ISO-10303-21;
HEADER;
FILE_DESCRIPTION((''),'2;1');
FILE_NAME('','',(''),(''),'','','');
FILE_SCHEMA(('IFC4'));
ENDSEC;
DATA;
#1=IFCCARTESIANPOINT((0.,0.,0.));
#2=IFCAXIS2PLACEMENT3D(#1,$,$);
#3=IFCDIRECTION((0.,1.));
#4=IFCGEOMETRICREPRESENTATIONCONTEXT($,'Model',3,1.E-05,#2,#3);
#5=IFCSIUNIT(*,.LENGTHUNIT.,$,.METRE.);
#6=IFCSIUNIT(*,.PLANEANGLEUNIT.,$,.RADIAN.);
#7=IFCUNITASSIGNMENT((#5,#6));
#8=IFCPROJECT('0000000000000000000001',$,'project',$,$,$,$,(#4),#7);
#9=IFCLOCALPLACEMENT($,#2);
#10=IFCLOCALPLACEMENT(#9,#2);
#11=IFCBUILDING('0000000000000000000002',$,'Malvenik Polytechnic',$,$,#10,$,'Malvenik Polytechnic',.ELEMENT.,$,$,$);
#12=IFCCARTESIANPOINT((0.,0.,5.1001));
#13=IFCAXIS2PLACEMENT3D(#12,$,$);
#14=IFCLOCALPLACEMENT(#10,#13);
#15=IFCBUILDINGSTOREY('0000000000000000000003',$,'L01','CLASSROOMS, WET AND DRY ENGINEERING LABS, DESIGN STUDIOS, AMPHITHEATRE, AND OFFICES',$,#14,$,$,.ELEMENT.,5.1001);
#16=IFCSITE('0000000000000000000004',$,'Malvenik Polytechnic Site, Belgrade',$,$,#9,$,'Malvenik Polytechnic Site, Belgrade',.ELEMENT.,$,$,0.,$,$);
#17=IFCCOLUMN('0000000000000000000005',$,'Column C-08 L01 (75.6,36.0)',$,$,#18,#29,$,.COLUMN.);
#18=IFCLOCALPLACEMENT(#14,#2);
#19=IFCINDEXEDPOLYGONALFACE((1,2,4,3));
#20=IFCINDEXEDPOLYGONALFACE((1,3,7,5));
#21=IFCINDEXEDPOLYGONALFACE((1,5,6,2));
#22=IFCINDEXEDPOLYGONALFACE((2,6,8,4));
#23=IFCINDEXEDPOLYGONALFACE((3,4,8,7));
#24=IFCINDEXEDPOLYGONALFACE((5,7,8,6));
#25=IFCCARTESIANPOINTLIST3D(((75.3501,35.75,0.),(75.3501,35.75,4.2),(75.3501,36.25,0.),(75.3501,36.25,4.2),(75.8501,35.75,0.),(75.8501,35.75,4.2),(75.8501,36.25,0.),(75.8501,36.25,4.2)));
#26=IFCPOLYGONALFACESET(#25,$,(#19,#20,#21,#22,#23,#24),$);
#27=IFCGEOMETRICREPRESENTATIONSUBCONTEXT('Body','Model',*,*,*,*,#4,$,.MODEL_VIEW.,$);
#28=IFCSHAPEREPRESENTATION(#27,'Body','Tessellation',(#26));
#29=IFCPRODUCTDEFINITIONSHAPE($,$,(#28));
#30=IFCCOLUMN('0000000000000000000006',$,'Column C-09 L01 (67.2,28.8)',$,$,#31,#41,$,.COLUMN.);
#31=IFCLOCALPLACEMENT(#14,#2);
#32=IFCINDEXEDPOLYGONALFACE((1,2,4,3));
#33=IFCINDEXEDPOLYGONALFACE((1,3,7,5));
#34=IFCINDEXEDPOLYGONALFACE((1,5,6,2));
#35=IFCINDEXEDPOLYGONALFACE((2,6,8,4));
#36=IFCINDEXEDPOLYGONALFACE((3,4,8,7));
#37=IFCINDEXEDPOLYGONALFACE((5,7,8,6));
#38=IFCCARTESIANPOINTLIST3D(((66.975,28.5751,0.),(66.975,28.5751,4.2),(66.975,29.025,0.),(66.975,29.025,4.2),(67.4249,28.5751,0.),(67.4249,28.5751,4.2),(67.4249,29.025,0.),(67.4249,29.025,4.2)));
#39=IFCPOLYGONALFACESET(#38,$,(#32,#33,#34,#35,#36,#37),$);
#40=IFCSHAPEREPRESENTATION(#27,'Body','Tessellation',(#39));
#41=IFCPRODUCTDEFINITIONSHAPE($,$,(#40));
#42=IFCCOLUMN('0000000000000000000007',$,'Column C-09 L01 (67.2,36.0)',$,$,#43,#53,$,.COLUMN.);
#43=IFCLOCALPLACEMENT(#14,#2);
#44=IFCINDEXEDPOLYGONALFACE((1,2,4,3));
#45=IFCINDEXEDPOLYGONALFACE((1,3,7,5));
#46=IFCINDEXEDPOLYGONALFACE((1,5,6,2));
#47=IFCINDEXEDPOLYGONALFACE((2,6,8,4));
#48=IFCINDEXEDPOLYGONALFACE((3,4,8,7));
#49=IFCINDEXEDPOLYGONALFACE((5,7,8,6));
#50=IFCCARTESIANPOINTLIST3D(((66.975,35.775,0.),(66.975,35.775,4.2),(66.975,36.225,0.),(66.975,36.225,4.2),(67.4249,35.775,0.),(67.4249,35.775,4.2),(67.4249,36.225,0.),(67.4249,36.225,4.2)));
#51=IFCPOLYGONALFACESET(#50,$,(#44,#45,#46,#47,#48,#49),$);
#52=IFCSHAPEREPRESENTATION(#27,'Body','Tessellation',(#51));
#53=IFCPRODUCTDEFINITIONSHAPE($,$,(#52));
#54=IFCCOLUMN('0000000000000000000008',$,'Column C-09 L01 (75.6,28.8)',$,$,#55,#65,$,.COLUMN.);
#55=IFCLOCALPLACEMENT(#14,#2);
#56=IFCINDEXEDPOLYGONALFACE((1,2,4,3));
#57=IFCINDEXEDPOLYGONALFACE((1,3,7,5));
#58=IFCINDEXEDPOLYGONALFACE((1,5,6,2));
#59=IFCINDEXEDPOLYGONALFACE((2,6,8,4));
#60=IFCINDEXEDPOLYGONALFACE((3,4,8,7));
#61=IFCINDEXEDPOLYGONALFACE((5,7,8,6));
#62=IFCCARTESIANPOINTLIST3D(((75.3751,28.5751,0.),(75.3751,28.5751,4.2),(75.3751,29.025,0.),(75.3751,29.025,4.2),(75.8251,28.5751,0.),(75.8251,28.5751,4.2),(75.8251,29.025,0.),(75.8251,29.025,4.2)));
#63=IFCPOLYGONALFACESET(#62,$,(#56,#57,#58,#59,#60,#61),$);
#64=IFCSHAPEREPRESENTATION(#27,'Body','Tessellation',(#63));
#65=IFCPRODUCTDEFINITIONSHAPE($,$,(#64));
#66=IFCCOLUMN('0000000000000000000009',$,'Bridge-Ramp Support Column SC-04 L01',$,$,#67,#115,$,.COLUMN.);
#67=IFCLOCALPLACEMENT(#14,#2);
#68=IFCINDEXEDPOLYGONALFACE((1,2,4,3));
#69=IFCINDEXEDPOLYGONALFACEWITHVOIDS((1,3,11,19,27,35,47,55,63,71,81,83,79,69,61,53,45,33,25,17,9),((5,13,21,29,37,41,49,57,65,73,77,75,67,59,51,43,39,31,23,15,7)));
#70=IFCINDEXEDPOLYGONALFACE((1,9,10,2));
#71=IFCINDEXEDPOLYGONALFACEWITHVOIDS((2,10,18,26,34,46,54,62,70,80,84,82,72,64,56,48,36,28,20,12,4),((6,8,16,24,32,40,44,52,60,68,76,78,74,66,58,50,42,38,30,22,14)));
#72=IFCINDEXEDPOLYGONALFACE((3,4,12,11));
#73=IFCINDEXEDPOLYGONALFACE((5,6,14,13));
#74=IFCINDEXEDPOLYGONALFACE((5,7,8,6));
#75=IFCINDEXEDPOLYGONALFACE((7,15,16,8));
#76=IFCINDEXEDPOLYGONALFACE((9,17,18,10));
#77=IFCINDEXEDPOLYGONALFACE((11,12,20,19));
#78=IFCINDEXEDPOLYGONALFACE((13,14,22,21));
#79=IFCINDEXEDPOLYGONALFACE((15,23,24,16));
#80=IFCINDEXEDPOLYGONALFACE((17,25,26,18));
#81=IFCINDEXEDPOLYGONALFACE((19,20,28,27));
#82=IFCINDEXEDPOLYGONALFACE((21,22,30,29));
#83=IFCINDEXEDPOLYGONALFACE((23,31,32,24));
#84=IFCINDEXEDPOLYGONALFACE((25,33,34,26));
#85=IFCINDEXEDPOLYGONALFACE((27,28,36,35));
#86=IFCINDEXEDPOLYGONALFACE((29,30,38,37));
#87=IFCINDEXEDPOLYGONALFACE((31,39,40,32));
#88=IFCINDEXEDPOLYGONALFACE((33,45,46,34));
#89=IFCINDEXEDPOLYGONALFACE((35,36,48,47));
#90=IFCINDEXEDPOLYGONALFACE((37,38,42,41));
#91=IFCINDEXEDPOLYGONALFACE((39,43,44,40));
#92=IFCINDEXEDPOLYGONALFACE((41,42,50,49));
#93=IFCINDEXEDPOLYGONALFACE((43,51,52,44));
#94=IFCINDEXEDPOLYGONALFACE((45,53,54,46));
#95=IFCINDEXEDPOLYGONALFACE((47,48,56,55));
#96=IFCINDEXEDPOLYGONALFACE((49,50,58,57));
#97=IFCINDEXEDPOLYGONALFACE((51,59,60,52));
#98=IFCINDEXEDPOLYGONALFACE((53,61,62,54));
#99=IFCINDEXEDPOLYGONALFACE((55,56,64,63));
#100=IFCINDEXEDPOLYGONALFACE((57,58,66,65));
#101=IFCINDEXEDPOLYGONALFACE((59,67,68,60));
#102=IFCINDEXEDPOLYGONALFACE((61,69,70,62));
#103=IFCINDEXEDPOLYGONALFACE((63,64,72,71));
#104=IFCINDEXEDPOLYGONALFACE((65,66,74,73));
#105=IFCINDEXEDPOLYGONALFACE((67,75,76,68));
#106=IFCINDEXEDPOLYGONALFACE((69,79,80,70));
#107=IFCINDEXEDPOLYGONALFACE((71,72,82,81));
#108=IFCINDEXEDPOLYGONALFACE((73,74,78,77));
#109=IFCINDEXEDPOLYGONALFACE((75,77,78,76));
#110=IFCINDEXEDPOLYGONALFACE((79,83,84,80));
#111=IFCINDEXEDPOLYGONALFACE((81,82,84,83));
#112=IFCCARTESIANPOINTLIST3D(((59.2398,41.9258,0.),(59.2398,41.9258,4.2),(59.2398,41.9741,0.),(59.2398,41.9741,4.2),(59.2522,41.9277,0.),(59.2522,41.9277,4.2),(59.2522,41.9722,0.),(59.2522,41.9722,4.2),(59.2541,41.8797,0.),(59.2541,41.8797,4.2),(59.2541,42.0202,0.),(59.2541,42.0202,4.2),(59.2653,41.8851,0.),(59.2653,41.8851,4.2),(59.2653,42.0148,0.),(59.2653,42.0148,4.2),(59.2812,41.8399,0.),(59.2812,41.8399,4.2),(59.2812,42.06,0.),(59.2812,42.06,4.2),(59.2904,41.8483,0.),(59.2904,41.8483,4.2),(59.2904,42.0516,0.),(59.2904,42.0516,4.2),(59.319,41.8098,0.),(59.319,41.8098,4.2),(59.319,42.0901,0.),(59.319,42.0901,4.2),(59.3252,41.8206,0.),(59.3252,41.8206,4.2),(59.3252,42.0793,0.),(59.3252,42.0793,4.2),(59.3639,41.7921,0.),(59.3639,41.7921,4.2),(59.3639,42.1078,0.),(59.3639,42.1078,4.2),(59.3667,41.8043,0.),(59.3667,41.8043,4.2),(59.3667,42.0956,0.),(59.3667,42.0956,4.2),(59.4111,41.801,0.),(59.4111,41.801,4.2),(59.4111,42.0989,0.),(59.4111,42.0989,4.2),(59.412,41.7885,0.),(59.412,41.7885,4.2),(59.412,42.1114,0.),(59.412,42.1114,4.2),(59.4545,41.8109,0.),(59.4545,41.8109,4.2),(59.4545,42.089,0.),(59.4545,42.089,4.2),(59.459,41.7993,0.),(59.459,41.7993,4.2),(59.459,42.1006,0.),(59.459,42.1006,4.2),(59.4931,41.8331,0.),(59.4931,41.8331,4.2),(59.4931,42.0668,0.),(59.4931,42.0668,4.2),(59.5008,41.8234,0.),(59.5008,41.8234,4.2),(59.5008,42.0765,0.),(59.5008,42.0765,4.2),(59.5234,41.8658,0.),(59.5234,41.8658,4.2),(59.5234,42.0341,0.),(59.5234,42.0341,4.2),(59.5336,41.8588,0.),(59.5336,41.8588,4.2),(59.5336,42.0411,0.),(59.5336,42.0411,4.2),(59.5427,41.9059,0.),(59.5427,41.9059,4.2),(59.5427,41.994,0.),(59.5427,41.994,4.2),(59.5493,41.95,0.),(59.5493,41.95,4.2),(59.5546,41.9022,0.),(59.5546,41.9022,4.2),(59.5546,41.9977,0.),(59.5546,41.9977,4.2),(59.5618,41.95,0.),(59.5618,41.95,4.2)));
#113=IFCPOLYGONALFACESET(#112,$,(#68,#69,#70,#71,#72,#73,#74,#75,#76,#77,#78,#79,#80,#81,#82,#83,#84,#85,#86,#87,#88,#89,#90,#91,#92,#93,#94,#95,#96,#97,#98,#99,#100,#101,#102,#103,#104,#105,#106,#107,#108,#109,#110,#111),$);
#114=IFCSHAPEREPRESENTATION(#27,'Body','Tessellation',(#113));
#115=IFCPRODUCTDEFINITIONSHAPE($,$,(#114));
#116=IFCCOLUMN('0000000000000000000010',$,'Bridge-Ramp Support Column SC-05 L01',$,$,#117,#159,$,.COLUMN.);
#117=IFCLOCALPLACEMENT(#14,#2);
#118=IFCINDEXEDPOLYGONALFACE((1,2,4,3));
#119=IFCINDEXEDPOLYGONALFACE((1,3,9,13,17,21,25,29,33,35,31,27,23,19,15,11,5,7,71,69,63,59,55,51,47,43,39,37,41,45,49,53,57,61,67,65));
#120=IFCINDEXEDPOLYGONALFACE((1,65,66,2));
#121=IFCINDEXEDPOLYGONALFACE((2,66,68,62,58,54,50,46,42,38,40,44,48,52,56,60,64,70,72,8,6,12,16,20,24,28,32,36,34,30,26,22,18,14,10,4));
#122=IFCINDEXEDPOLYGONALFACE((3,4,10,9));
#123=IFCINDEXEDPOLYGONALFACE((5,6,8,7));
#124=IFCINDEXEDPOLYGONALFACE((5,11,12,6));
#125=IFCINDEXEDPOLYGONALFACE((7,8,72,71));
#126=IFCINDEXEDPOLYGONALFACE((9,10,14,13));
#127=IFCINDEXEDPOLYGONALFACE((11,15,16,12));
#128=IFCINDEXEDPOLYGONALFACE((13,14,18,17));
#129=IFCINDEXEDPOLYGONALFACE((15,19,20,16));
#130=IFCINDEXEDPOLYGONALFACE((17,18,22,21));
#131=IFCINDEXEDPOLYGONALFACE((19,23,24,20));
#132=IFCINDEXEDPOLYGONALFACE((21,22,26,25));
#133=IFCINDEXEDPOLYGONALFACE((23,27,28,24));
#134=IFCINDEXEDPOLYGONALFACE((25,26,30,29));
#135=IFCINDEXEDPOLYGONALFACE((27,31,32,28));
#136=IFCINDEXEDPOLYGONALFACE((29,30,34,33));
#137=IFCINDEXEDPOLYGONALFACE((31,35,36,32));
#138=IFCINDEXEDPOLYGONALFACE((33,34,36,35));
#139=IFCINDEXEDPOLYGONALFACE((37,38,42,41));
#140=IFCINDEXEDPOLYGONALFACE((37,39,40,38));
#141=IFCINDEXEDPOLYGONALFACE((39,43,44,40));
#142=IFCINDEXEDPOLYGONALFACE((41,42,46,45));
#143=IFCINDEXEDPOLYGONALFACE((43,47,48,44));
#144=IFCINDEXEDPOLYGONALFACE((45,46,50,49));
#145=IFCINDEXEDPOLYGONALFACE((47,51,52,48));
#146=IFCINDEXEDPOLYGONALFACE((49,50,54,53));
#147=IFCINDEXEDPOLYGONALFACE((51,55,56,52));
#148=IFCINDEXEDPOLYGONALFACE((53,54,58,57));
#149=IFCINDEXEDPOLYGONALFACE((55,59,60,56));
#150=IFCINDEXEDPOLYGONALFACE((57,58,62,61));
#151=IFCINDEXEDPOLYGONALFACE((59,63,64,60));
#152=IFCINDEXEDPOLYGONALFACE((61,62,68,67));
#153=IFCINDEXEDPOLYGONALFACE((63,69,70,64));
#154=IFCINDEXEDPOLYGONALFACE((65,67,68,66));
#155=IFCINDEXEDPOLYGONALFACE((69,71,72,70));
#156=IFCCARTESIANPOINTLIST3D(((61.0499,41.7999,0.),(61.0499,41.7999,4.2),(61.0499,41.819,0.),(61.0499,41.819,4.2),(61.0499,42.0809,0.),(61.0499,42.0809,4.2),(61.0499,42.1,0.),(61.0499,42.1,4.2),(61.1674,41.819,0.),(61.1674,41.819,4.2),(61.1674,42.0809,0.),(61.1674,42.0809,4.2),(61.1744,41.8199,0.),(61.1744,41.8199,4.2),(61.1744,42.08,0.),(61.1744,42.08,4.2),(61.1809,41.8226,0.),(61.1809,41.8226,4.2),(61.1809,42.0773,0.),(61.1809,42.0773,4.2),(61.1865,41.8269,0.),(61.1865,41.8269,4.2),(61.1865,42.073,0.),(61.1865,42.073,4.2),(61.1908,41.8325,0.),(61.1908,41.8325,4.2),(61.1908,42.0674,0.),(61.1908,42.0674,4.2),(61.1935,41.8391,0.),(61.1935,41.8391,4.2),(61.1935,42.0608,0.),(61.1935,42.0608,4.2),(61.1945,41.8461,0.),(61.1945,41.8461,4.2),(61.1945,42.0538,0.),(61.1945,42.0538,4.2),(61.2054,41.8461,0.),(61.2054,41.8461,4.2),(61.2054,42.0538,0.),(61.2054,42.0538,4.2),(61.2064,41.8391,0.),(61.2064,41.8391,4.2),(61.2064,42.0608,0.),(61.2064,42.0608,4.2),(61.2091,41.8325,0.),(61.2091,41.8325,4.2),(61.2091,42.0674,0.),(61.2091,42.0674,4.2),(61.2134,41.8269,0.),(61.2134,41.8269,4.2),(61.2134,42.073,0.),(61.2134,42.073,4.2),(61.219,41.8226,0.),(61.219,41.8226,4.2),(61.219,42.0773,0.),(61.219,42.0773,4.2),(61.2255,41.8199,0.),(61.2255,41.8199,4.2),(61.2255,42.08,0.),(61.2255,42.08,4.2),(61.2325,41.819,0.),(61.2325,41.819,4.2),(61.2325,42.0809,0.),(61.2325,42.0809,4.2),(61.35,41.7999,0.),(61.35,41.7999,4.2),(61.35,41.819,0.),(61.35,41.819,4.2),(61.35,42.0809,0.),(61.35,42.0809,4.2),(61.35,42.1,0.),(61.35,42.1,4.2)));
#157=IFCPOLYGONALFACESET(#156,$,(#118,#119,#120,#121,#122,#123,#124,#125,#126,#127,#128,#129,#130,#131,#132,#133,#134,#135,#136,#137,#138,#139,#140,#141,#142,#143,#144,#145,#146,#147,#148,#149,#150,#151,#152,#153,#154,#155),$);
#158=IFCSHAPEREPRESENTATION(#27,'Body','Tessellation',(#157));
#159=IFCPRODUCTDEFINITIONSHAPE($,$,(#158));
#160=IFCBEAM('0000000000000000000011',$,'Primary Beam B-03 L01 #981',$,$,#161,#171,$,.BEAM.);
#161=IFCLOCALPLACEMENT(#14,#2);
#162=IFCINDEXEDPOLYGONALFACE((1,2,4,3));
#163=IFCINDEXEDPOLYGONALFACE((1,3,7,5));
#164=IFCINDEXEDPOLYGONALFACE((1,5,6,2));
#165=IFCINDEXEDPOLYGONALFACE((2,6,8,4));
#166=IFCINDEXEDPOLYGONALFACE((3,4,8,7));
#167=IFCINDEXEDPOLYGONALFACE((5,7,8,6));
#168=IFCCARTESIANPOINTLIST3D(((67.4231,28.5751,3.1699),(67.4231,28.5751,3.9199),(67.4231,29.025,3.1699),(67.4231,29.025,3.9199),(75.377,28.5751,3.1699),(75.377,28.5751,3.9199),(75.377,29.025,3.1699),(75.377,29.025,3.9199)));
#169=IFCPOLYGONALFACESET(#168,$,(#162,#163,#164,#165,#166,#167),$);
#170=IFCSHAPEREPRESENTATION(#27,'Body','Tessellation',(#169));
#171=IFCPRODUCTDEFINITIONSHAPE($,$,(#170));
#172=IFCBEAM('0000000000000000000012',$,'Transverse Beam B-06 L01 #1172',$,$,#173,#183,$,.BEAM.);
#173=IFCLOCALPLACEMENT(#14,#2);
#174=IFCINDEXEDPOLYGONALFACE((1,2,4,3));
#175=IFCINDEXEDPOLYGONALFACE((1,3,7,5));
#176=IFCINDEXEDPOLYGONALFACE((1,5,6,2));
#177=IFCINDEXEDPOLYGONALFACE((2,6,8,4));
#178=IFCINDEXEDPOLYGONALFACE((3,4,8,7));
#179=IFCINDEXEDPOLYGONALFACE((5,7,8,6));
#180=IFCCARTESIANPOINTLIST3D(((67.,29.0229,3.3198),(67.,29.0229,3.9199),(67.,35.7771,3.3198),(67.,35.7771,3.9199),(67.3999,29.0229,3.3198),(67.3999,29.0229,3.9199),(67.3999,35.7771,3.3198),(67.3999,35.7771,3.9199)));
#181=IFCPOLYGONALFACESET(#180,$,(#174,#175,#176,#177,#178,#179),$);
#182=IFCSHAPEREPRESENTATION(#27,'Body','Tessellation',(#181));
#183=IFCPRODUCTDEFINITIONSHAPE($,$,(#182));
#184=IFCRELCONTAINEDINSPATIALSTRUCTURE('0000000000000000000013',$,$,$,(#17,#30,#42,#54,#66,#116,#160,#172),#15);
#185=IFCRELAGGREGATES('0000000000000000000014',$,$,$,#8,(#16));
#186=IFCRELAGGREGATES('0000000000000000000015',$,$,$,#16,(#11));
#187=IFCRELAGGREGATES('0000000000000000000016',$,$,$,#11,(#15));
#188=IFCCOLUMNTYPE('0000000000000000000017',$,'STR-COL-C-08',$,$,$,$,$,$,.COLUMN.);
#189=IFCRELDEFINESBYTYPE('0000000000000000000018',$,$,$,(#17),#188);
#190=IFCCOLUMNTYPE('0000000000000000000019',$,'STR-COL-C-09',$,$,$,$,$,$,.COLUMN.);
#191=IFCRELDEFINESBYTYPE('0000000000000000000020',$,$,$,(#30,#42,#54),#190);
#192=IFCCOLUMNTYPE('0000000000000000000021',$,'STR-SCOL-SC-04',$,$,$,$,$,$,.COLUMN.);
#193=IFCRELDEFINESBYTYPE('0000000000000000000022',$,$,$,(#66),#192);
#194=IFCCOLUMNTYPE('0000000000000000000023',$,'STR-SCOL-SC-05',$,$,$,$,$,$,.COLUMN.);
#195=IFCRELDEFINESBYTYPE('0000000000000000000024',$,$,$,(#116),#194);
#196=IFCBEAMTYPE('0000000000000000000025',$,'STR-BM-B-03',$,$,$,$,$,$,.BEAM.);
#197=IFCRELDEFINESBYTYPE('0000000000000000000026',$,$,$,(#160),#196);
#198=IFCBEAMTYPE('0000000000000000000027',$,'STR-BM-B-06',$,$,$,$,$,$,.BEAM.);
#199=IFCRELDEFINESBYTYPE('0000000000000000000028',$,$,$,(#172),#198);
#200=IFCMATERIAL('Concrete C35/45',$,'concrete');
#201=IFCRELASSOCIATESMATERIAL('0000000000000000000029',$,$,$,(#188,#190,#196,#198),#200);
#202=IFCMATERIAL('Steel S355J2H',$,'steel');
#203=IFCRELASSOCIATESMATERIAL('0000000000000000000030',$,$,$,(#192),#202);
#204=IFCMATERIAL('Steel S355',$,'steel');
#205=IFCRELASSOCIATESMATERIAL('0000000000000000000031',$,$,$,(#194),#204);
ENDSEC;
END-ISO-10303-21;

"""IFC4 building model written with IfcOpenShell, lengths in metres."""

from ifc_helpers import new_model, si_unit, direction, frame, origin, origin_2d, place, context, subcontext, project, spatial, rectangle, hollow_circle, i_section, extrude, material, material_profile, profile_set, type_object, element, save


model = new_model("IFC4")

# Units and contexts
model_context = context("Model", 3, precision=1e-05, world=origin(), true_north=direction((0.0, 1.0)))
body_context = subcontext(model_context, "Body", "Model", "MODEL_VIEW")
ifc_project = project(units=[si_unit("LENGTHUNIT", "METRE"), si_unit("PLANEANGLEUNIT", "RADIAN")], contexts=[model_context])

# Site, building, storey
site_placement = place(None, origin())
site = spatial("IfcSite", under=ifc_project, at=site_placement, Name="Malvenik Polytechnic Site, Belgrade", LongName="Malvenik Polytechnic Site, Belgrade", CompositionType="ELEMENT", RefElevation=0.0)
building_placement = place(site_placement, origin())
building = spatial("IfcBuilding", under=site, at=building_placement, Name="Malvenik Polytechnic", LongName="Malvenik Polytechnic", CompositionType="ELEMENT")
storey_placement = place(building_placement, frame((0.0, 0.0, 5.1001)))
storey = spatial("IfcBuildingStorey", under=building, at=storey_placement, Name="L01", Description="CLASSROOMS, WET AND DRY ENGINEERING LABS, DESIGN STUDIOS, AMPHITHEATRE, AND OFFICES", CompositionType="ELEMENT", Elevation=5.1001)

# Columns
ifc_material_1 = material(Name="Concrete C35/45", Category="concrete")
ifc_material_profile_1 = material_profile(ifc_material_1, rectangle(XDim=0.5, YDim=0.5, at=origin_2d()), Name="RC COL 500x500")
ifc_profile_set_1 = profile_set([ifc_material_profile_1], Name="Concrete C35/45")
column_type_1 = type_object("IfcColumnType", Name="STR-COL-C-08", PredefinedType="COLUMN", material=ifc_profile_set_1)
column_1_placement = place(storey_placement, frame((75.6001, 36.0, 0.0), z_axis=(0.0, 0.0, 1.0), x_axis=(1.0, 0.0, 0.0)))
element("IfcColumn", 1, at=column_1_placement, inside=storey, type_object=column_type_1, Name="Column C-08 L01 (75.6,36.0)", PredefinedType="COLUMN", context=body_context, shape_type="SweptSolid", body=[
    extrude(rectangle(XDim=0.5, YDim=0.5, at=origin_2d()), origin(), (0.0, 0.0, 1.0), 4.2),
])
ifc_material_profile_2 = material_profile(ifc_material_1, rectangle(XDim=0.45, YDim=0.45, at=origin_2d()), Name="RC COL 450x450")
ifc_profile_set_2 = profile_set([ifc_material_profile_2], Name="Concrete C35/45")
column_type_2 = type_object("IfcColumnType", Name="STR-COL-C-09", PredefinedType="COLUMN", material=ifc_profile_set_2)
for number, where, z_axis, x_axis, name in (
    (2, (67.2, 28.8, 0.0), (0.0, 0.0, 1.0), (1.0, 0.0, 0.0), "Column C-09 L01 (67.2,28.8)"),
    (3, (67.2, 36.0, 0.0), (0.0, 0.0, 1.0), (1.0, 0.0, 0.0), "Column C-09 L01 (67.2,36.0)"),
    (4, (75.6001, 28.8, 0.0), (0.0, 0.0, 1.0), (1.0, 0.0, 0.0), "Column C-09 L01 (75.6,28.8)"),
):
    element("IfcColumn", number, at=place(storey_placement, frame(where, z_axis=z_axis, x_axis=x_axis)), inside=storey, type_object=column_type_2, Name=name, PredefinedType="COLUMN", context=body_context, shape_type="SweptSolid", body=[
        extrude(rectangle(XDim=0.45, YDim=0.45, at=origin_2d()), origin(), (0.0, 0.0, 1.0), 4.2),
    ])
ifc_material_2 = material(Name="Steel S355J2H", Category="steel")
ifc_material_profile_3 = material_profile(ifc_material_2, hollow_circle(Radius=0.1619, WallThickness=0.0125, at=origin_2d()), Name="CHS 323.9x12.5")
ifc_profile_set_3 = profile_set([ifc_material_profile_3], Name="Steel S355J2H")
column_type_3 = type_object("IfcColumnType", Name="STR-SCOL-SC-04", PredefinedType="COLUMN", material=ifc_profile_set_3)
column_2_placement = place(storey_placement, frame((59.3999, 41.95, 0.0), z_axis=(0.0, 0.0, 1.0), x_axis=(1.0, 0.0, 0.0)))
element("IfcColumn", 5, at=column_2_placement, inside=storey, type_object=column_type_3, Name="Bridge-Ramp Support Column SC-04 L01", PredefinedType="COLUMN", context=body_context, shape_type="SweptSolid", body=[
    extrude(hollow_circle(Radius=0.1619, WallThickness=0.0125, at=origin_2d()), origin(), (0.0, 0.0, 1.0), 4.2),
])
ifc_material_3 = material(Name="Steel S355", Category="steel")
ifc_material_profile_4 = material_profile(ifc_material_3, i_section(OverallWidth=0.3, OverallDepth=0.3, WebThickness=0.011, FlangeThickness=0.019, FilletRadius=0.0271, at=origin_2d()), Name="HEB 300")
ifc_profile_set_4 = profile_set([ifc_material_profile_4], Name="Steel S355")
column_type_4 = type_object("IfcColumnType", Name="STR-SCOL-SC-05", PredefinedType="COLUMN", material=ifc_profile_set_4)
column_3_placement = place(storey_placement, frame((61.2, 41.95, 0.0), z_axis=(0.0, 0.0, 1.0), x_axis=(1.0, 0.0, 0.0)))
element("IfcColumn", 6, at=column_3_placement, inside=storey, type_object=column_type_4, Name="Bridge-Ramp Support Column SC-05 L01", PredefinedType="COLUMN", context=body_context, shape_type="SweptSolid", body=[
    extrude(i_section(OverallWidth=0.3, OverallDepth=0.3, WebThickness=0.011, FlangeThickness=0.019, FilletRadius=0.0271, at=origin_2d()), origin(), (0.0, 0.0, 1.0), 4.2),
])

# Beams
ifc_material_profile_5 = material_profile(ifc_material_1, rectangle(XDim=0.45, YDim=0.75, at=origin_2d()), Name="RC BM 450x750")
ifc_profile_set_5 = profile_set([ifc_material_profile_5], Name="Concrete C35/45")
beam_type_1 = type_object("IfcBeamType", Name="STR-BM-B-03", PredefinedType="BEAM", material=ifc_profile_set_5)
beam_1_placement = place(storey_placement, frame((67.4231, 28.8, 3.5449), z_axis=(1.0, 0.0, 0.0), x_axis=(0.0, 1.0, 0.0)))
element("IfcBeam", 7, at=beam_1_placement, inside=storey, type_object=beam_type_1, Name="Primary Beam B-03 L01 #981", PredefinedType="BEAM", context=body_context, shape_type="SweptSolid", body=[
    extrude(rectangle(XDim=0.45, YDim=0.75, at=origin_2d()), origin(), (0.0, 0.0, 1.0), 7.9539),
])
ifc_material_profile_6 = material_profile(ifc_material_1, rectangle(XDim=0.3999, YDim=0.6001, at=origin_2d()), Name="RC BM 400x600")
ifc_profile_set_6 = profile_set([ifc_material_profile_6], Name="Concrete C35/45")
beam_type_2 = type_object("IfcBeamType", Name="STR-BM-B-06", PredefinedType="BEAM", material=ifc_profile_set_6)
beam_2_placement = place(storey_placement, frame((67.2, 29.0229, 3.6199), z_axis=(0.0, 1.0, 0.0), x_axis=(-1.0, 0.0, 0.0)))
element("IfcBeam", 8, at=beam_2_placement, inside=storey, type_object=beam_type_2, Name="Transverse Beam B-06 L01 #1172", PredefinedType="BEAM", context=body_context, shape_type="SweptSolid", body=[
    extrude(rectangle(XDim=0.3999, YDim=0.6001, at=origin_2d()), origin(), (0.0, 0.0, 1.0), 6.7542),
])

save(model, "model.ifc")
